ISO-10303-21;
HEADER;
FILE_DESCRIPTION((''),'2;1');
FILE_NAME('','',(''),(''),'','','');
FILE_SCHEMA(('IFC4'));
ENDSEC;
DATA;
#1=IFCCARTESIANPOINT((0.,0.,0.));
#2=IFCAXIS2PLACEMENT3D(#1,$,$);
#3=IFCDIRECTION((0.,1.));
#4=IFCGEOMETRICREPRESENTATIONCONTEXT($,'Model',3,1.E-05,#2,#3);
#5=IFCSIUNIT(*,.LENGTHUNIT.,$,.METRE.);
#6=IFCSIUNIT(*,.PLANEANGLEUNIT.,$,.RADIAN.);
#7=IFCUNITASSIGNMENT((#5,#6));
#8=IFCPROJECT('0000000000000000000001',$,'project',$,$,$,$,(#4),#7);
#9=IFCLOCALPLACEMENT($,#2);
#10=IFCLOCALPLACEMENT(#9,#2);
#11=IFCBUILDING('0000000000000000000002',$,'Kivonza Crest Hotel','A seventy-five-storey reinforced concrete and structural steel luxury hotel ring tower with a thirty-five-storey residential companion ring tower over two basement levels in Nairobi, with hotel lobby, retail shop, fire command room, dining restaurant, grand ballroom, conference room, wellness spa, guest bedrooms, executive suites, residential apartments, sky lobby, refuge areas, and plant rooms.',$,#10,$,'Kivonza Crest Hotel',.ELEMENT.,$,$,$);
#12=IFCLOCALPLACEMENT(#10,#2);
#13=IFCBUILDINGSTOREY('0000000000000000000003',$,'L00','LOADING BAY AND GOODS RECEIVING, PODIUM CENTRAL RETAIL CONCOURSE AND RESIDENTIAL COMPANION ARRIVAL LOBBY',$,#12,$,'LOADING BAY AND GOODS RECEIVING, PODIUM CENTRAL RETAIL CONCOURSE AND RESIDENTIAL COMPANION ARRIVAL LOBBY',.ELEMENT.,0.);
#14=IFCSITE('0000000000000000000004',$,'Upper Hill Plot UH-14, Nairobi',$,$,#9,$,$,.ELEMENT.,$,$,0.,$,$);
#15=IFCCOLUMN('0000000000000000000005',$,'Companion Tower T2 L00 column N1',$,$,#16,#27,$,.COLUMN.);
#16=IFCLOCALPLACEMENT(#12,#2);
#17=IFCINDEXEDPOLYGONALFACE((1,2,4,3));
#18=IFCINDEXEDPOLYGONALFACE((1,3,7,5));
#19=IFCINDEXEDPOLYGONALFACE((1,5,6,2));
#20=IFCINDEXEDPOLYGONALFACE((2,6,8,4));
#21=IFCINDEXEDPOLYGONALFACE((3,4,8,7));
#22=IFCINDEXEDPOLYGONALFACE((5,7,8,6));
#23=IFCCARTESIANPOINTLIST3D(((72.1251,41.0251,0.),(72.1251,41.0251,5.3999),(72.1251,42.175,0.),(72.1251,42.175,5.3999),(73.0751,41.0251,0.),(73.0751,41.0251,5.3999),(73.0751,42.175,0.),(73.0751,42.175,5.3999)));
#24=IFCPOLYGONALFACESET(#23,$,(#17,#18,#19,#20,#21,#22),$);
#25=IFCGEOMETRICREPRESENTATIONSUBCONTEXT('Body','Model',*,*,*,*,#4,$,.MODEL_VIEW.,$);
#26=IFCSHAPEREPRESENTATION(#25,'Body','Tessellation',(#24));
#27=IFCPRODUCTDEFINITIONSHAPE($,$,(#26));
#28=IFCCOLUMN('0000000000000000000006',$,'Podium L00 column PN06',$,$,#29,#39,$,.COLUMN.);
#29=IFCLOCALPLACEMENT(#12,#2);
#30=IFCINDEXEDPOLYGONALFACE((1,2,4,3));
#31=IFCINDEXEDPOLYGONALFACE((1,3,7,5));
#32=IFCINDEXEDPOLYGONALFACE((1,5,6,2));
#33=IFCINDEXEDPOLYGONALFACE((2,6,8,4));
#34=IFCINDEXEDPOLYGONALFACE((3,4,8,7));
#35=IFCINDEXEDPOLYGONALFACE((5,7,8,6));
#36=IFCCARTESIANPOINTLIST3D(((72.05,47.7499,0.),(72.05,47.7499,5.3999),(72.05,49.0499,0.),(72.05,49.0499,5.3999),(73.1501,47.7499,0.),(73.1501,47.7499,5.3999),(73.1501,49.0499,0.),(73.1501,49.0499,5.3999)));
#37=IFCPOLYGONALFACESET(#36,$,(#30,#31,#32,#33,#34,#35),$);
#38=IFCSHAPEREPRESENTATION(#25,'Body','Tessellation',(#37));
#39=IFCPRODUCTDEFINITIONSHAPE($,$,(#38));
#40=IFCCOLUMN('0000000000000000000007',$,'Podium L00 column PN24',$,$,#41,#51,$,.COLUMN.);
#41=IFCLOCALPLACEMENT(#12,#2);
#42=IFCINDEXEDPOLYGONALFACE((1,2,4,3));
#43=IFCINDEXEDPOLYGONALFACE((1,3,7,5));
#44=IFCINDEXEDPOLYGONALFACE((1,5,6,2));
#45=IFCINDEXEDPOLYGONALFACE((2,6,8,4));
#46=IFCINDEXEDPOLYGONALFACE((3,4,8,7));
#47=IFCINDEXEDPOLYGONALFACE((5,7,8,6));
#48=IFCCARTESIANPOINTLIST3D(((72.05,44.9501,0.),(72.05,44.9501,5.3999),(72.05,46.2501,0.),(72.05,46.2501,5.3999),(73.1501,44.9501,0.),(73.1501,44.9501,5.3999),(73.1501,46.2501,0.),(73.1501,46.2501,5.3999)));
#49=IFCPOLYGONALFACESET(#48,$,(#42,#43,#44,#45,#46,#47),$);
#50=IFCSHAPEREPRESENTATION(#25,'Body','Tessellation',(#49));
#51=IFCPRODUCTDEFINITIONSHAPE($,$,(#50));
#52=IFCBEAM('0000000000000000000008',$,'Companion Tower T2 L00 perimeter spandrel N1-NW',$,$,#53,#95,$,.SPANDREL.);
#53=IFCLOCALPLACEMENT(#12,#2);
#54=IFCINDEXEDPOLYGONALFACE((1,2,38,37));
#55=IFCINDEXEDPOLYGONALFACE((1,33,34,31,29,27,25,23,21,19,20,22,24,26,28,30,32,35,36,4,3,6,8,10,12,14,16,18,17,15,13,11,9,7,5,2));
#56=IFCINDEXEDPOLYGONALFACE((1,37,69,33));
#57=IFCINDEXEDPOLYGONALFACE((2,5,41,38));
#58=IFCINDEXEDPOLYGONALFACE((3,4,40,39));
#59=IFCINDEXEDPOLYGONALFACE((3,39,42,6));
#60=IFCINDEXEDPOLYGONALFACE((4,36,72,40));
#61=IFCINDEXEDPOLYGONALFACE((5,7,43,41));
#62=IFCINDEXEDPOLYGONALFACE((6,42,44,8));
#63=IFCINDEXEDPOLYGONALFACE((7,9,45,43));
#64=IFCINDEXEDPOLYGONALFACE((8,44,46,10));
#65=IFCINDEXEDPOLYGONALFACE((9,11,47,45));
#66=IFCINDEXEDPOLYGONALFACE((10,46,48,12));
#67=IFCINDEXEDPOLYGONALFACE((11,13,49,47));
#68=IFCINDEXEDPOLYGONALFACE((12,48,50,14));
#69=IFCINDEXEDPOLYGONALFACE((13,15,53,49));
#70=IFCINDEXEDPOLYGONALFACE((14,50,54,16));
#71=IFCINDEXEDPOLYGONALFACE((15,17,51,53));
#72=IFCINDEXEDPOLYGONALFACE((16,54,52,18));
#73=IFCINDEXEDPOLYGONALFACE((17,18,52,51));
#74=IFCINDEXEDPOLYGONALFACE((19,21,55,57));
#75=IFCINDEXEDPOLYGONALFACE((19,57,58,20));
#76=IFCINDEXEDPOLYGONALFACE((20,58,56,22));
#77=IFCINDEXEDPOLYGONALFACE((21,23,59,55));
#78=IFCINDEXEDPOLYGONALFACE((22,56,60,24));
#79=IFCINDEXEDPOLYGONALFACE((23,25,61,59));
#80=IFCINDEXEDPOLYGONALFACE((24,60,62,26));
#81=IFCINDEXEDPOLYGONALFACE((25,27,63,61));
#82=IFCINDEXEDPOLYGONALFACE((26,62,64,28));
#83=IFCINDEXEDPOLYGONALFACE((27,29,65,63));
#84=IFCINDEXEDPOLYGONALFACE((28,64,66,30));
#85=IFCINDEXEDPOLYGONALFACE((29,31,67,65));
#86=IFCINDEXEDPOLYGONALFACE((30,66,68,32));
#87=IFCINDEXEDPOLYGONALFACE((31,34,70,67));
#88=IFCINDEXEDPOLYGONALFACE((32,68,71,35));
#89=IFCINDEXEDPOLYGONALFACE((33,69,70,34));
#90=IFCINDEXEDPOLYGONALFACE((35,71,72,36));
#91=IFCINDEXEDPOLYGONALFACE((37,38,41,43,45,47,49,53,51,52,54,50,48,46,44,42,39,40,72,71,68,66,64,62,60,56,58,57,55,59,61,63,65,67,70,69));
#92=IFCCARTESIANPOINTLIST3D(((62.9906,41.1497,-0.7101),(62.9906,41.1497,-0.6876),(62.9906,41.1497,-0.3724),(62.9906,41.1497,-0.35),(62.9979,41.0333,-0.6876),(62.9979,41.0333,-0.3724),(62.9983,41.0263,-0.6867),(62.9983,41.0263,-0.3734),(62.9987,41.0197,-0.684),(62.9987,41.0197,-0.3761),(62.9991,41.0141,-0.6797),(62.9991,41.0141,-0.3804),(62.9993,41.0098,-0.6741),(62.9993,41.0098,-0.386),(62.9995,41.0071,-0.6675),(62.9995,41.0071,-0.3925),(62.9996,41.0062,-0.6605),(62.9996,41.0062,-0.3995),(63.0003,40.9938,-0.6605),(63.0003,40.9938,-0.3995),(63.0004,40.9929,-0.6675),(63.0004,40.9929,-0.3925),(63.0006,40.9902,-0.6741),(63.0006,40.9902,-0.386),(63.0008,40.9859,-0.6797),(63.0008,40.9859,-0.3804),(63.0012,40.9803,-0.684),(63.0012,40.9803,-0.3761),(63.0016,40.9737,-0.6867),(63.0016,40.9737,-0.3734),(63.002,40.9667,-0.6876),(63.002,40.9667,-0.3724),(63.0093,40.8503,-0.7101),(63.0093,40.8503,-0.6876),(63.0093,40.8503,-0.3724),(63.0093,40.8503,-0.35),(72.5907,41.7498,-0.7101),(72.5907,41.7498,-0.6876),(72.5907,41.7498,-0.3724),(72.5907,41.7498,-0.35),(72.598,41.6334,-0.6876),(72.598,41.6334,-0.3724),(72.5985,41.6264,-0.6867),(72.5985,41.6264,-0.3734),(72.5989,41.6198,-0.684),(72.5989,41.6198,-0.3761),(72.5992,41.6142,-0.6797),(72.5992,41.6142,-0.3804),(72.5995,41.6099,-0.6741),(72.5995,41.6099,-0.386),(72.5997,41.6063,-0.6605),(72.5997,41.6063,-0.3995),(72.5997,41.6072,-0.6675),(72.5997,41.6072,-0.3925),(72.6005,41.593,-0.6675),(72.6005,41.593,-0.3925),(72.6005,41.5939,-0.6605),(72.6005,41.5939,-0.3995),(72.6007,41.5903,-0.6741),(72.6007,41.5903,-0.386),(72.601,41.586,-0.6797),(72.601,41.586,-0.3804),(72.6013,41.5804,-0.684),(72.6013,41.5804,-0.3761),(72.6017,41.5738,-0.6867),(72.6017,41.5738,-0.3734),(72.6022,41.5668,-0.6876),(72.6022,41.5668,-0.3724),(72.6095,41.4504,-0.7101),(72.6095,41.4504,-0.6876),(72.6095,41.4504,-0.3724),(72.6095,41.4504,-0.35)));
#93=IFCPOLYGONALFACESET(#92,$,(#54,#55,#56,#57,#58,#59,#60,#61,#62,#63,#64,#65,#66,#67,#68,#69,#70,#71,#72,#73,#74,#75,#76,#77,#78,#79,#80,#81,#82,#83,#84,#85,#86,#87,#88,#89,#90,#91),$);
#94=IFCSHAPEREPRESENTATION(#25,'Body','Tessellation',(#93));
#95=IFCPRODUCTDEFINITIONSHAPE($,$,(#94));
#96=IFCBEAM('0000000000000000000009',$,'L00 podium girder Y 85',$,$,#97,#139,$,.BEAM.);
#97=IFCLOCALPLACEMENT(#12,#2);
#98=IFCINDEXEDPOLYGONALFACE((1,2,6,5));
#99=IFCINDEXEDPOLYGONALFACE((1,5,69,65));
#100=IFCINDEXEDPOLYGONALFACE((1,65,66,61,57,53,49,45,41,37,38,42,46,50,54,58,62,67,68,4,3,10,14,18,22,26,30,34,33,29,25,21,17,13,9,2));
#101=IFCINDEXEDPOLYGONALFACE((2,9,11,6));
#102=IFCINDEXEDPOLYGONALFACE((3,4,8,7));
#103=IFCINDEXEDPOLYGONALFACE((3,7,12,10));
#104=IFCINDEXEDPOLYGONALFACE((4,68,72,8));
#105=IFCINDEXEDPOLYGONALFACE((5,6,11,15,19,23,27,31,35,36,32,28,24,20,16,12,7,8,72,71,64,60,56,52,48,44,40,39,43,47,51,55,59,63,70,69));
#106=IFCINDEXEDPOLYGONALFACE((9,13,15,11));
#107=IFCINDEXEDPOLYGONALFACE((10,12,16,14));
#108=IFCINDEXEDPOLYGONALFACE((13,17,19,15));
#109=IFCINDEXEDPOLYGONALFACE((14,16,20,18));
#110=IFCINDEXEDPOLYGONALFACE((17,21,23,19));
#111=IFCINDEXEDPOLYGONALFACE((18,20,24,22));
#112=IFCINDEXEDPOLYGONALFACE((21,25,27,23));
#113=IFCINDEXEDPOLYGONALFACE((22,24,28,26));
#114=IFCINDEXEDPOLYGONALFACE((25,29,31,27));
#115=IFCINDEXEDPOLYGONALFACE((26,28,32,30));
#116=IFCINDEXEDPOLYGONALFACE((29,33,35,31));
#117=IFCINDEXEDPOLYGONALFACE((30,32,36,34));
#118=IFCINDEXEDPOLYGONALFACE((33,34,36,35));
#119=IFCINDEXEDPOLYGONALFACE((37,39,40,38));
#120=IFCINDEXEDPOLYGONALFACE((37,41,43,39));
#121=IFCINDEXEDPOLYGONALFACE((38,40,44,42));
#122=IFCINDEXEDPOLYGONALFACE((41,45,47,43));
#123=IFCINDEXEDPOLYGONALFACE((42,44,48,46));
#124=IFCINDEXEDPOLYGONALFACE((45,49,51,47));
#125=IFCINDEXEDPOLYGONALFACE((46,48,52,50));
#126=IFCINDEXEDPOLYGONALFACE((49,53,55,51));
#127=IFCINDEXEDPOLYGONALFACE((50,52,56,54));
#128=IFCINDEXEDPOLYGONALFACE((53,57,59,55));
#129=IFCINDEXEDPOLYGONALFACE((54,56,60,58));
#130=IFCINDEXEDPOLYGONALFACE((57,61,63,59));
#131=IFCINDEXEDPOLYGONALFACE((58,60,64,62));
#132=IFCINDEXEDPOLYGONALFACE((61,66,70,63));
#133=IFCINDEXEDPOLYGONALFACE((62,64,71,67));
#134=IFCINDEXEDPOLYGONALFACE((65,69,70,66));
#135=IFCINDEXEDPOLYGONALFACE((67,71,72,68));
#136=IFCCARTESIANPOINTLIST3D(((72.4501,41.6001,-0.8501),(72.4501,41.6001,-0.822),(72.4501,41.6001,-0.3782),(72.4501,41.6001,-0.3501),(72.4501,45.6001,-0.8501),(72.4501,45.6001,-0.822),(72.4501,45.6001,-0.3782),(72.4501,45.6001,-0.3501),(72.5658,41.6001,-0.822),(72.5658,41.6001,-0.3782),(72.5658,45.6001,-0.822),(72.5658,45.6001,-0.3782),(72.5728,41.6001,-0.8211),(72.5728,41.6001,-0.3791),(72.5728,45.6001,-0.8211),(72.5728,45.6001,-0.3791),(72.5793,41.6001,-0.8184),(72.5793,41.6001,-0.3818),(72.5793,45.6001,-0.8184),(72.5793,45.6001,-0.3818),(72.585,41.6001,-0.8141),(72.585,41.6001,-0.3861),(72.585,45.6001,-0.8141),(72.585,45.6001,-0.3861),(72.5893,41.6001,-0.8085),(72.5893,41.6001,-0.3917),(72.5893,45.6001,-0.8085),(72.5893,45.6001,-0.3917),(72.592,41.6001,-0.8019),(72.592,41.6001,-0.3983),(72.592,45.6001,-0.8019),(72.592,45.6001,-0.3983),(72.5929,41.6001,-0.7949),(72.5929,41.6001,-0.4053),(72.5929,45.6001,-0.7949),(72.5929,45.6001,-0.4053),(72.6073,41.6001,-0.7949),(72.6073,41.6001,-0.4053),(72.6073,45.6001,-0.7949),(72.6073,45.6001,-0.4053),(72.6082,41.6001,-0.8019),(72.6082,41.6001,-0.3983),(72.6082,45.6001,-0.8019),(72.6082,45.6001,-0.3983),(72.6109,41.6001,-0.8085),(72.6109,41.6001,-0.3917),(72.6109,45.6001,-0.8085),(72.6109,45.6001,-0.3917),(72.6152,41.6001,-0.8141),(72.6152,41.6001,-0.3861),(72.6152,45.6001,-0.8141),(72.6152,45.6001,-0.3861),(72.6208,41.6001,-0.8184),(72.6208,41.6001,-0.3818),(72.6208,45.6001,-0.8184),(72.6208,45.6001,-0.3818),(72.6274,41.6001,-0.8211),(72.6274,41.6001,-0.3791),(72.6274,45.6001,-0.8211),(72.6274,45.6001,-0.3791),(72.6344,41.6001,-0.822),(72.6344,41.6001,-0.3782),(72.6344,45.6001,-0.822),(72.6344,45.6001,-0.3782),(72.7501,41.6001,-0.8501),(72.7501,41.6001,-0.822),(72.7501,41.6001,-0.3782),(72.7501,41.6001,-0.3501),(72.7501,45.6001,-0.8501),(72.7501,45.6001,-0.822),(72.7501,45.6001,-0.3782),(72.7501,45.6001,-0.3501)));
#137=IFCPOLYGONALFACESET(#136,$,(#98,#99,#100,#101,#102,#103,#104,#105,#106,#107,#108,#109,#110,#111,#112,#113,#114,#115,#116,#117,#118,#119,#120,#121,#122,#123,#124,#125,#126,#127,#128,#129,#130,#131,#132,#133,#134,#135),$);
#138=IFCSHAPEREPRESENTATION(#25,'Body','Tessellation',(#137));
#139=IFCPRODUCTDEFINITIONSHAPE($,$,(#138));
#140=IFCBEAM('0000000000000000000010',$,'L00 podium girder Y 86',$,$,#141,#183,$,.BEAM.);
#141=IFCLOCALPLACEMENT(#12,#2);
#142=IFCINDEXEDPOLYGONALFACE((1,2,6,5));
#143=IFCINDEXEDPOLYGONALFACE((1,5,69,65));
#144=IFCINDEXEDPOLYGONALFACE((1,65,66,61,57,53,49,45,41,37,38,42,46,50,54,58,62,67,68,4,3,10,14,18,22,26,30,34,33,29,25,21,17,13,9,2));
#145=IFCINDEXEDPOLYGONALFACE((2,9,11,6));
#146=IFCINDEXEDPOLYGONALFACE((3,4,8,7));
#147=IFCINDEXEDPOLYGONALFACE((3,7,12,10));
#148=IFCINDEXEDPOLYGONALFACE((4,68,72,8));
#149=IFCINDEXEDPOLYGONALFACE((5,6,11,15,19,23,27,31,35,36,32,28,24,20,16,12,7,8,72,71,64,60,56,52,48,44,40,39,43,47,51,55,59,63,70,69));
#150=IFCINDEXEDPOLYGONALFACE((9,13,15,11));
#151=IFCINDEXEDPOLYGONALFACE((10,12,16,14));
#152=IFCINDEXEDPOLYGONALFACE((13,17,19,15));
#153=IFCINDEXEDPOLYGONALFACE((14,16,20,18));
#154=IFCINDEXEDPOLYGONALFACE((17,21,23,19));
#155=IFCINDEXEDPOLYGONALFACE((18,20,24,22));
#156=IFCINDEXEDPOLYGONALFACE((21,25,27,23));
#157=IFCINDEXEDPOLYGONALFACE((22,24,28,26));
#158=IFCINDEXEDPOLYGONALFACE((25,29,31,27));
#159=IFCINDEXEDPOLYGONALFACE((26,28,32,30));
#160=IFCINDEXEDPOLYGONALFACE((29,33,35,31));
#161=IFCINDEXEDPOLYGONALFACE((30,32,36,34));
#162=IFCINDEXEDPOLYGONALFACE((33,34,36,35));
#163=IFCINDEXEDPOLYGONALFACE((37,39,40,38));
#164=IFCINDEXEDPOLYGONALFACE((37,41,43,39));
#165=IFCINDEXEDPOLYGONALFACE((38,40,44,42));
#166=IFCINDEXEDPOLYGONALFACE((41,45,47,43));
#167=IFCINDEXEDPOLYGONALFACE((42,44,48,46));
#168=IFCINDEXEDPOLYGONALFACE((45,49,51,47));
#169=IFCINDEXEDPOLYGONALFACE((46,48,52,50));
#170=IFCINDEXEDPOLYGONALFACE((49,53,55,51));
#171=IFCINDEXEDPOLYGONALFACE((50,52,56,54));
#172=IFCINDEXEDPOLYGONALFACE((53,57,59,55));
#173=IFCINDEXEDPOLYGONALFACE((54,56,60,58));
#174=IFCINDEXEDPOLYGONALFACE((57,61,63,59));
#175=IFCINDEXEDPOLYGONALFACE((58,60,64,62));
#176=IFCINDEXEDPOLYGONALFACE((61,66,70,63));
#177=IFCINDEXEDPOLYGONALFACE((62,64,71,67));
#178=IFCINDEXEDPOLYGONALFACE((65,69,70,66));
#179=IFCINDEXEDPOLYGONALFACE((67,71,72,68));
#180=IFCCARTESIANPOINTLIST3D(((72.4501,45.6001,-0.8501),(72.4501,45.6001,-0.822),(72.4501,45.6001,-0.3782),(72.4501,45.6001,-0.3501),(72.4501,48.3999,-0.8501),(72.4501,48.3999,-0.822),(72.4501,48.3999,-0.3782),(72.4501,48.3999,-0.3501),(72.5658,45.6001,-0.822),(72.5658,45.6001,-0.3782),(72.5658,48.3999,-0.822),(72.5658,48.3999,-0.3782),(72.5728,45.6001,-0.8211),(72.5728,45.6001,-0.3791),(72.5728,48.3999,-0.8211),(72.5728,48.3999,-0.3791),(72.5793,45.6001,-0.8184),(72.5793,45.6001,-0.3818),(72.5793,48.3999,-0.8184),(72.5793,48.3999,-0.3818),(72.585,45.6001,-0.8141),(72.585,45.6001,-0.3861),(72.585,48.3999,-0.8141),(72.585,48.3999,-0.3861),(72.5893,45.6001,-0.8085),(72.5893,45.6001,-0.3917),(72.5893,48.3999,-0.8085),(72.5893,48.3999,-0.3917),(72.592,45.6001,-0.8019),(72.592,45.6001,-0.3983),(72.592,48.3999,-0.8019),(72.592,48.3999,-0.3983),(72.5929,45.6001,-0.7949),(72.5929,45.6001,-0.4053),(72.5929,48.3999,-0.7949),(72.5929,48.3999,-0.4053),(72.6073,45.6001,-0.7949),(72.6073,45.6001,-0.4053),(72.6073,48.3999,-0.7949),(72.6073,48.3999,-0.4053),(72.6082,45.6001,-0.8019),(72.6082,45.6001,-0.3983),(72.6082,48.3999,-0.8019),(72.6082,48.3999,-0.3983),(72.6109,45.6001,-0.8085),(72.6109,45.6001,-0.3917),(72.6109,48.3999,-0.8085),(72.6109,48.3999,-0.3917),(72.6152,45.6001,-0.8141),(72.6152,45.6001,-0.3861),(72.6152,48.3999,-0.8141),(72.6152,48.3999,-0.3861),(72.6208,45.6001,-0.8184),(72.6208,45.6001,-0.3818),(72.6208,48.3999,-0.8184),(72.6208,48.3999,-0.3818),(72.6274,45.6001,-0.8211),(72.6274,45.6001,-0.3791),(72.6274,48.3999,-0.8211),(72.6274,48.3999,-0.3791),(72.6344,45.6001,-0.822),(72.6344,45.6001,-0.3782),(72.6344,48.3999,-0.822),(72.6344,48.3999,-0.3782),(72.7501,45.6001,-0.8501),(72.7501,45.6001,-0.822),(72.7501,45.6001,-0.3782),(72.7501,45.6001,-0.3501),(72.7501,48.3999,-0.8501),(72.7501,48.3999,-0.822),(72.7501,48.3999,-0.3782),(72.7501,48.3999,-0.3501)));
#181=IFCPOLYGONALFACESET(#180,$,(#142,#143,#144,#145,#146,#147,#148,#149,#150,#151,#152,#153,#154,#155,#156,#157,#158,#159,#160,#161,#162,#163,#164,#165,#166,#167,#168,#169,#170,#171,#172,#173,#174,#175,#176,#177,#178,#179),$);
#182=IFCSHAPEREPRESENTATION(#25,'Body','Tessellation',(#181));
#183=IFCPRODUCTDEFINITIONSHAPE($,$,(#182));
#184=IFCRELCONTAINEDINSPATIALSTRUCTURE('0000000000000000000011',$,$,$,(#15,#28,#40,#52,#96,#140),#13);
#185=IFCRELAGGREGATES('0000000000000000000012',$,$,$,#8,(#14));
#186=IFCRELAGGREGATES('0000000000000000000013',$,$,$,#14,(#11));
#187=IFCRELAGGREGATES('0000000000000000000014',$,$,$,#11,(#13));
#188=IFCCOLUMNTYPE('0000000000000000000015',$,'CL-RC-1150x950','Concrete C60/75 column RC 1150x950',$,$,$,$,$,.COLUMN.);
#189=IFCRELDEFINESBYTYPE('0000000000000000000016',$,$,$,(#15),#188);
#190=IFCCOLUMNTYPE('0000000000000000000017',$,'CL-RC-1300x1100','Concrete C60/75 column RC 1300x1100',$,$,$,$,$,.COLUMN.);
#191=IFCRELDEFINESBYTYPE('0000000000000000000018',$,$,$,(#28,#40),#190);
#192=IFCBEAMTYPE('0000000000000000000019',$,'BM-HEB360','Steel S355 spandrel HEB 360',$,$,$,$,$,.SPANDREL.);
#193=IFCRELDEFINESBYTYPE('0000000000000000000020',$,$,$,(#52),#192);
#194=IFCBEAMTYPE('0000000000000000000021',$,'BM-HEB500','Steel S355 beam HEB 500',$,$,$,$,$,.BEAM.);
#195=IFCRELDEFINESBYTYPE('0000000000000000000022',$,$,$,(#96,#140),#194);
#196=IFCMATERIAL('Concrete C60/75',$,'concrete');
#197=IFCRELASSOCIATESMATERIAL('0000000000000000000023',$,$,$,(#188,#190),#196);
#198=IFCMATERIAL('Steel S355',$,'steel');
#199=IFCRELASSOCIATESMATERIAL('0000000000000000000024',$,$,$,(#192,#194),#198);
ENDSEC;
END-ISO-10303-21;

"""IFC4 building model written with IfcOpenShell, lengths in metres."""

from ifc_helpers import new_model, si_unit, direction, frame, origin, origin_2d, place, context, subcontext, project, spatial, rectangle, i_section, extrude, material, material_profile, profile_set, type_object, element, save


model = new_model("IFC4")

# Units and contexts
model_context = context("Model", 3, precision=1e-05, world=origin(), true_north=direction((0.0, 1.0)))
body_context = subcontext(model_context, "Body", "Model", "MODEL_VIEW")
ifc_project = project(units=[si_unit("LENGTHUNIT", "METRE"), si_unit("PLANEANGLEUNIT", "RADIAN")], contexts=[model_context])

# Site, building, storey
site_placement = place(None, origin())
site = spatial("IfcSite", under=ifc_project, at=site_placement, Name="Upper Hill Plot UH-14, Nairobi", CompositionType="ELEMENT", RefElevation=0.0)
building_placement = place(site_placement, origin())
building = spatial("IfcBuilding", under=site, at=building_placement, Name="Kivonza Crest Hotel", Description="A seventy-five-storey reinforced concrete and structural steel luxury hotel ring tower with a thirty-five-storey residential companion ring tower over two basement levels in Nairobi, with hotel lobby, retail shop, fire command room, dining restaurant, grand ballroom, conference room, wellness spa, guest bedrooms, executive suites, residential apartments, sky lobby, refuge areas, and plant rooms.", LongName="Kivonza Crest Hotel", CompositionType="ELEMENT")
storey_placement = place(building_placement, origin())
storey = spatial("IfcBuildingStorey", under=building, at=storey_placement, Name="L00", Description="LOADING BAY AND GOODS RECEIVING, PODIUM CENTRAL RETAIL CONCOURSE AND RESIDENTIAL COMPANION ARRIVAL LOBBY", LongName="LOADING BAY AND GOODS RECEIVING, PODIUM CENTRAL RETAIL CONCOURSE AND RESIDENTIAL COMPANION ARRIVAL LOBBY", CompositionType="ELEMENT", Elevation=0.0)

# Columns
ifc_material_1 = material(Name="Concrete C60/75", Category="concrete")
ifc_material_profile_1 = material_profile(ifc_material_1, rectangle(XDim=0.95, YDim=1.1499, at=origin_2d()), Name="RC 1150x950")
ifc_profile_set_1 = profile_set([ifc_material_profile_1], Name="Concrete C60/75")
column_type_1 = type_object("IfcColumnType", Name="CL-RC-1150x950", Description="Concrete C60/75 column RC 1150x950", PredefinedType="COLUMN", material=ifc_profile_set_1)
column_placement = place(storey_placement, frame((72.6001, 41.6001, 0.0), z_axis=(0.0, 0.0, 1.0), x_axis=(1.0, 0.0, 0.0)))
element("IfcColumn", 1, at=column_placement, inside=storey, type_object=column_type_1, Name="Companion Tower T2 L00 column N1", PredefinedType="COLUMN", context=body_context, shape_type="SweptSolid", body=[
    extrude(rectangle(XDim=0.95, YDim=1.1499, at=origin_2d()), origin(), (0.0, 0.0, 1.0), 5.3999),
])
ifc_material_profile_2 = material_profile(ifc_material_1, rectangle(XDim=1.1001, YDim=1.3, at=origin_2d()), Name="RC 1300x1100")
ifc_profile_set_2 = profile_set([ifc_material_profile_2], Name="Concrete C60/75")
column_type_2 = type_object("IfcColumnType", Name="CL-RC-1300x1100", Description="Concrete C60/75 column RC 1300x1100", PredefinedType="COLUMN", material=ifc_profile_set_2)
for number, where, z_axis, x_axis, name in (
    (2, (72.6001, 48.3999, 0.0), (0.0, 0.0, 1.0), (1.0, 0.0, 0.0), "Podium L00 column PN06"),
    (3, (72.6001, 45.6001, 0.0), (0.0, 0.0, 1.0), (1.0, 0.0, 0.0), "Podium L00 column PN24"),
):
    element("IfcColumn", number, at=place(storey_placement, frame(where, z_axis=z_axis, x_axis=x_axis)), inside=storey, type_object=column_type_2, Name=name, PredefinedType="COLUMN", context=body_context, shape_type="SweptSolid", body=[
        extrude(rectangle(XDim=1.1001, YDim=1.3, at=origin_2d()), origin(), (0.0, 0.0, 1.0), 5.3999),
    ])

# Beams
ifc_material_2 = material(Name="Steel S355", Category="steel")
ifc_material_profile_3 = material_profile(ifc_material_2, i_section(OverallWidth=0.3, OverallDepth=0.3601, WebThickness=0.0125, FlangeThickness=0.0225, FilletRadius=0.0271, at=origin_2d()), Name="HEB 360")
ifc_profile_set_3 = profile_set([ifc_material_profile_3], Name="Steel S355")
beam_type_1 = type_object("IfcBeamType", Name="BM-HEB360", Description="Steel S355 spandrel HEB 360", PredefinedType="SPANDREL", material=ifc_profile_set_3)
beam_1_placement = place(storey_placement, frame((72.6001, 41.6001, -0.53), z_axis=(-0.998052, -0.062388, 0.0), x_axis=(0.062388, -0.998052, 0.0)))
element("IfcBeam", 4, at=beam_1_placement, inside=storey, type_object=beam_type_1, Name="Companion Tower T2 L00 perimeter spandrel N1-NW", PredefinedType="SPANDREL", context=body_context, shape_type="SweptSolid", body=[
    extrude(i_section(OverallWidth=0.3, OverallDepth=0.3601, WebThickness=0.0125, FlangeThickness=0.0225, FilletRadius=0.0271, at=origin_2d()), origin(), (0.0, 0.0, 1.0), 9.6189),
])
ifc_material_profile_4 = material_profile(ifc_material_2, i_section(OverallWidth=0.3, OverallDepth=0.5, WebThickness=0.0144, FlangeThickness=0.0281, FilletRadius=0.0271, at=origin_2d()), Name="HEB 500")
ifc_profile_set_4 = profile_set([ifc_material_profile_4], Name="Steel S355")
beam_type_2 = type_object("IfcBeamType", Name="BM-HEB500", Description="Steel S355 beam HEB 500", PredefinedType="BEAM", material=ifc_profile_set_4)
beam_2_placement = place(storey_placement, frame((72.6001, 41.6001, -0.6001), z_axis=(0.0, 1.0, 0.0), x_axis=(-1.0, 0.0, 0.0)))
element("IfcBeam", 5, at=beam_2_placement, inside=storey, type_object=beam_type_2, Name="L00 podium girder Y 85", PredefinedType="BEAM", context=body_context, shape_type="SweptSolid", body=[
    extrude(i_section(OverallWidth=0.3, OverallDepth=0.5, WebThickness=0.0144, FlangeThickness=0.0281, FilletRadius=0.0271, at=origin_2d()), origin(), (0.0, 0.0, 1.0), 4.0),
])
beam_3_placement = place(storey_placement, frame((72.6001, 45.6001, -0.6001), z_axis=(0.0, 1.0, 0.0), x_axis=(-1.0, 0.0, 0.0)))
element("IfcBeam", 6, at=beam_3_placement, inside=storey, type_object=beam_type_2, Name="L00 podium girder Y 86", PredefinedType="BEAM", context=body_context, shape_type="SweptSolid", body=[
    extrude(i_section(OverallWidth=0.3, OverallDepth=0.5, WebThickness=0.0144, FlangeThickness=0.0281, FilletRadius=0.0271, at=origin_2d()), origin(), (0.0, 0.0, 1.0), 2.7998),
])

save(model, "model.ifc")
